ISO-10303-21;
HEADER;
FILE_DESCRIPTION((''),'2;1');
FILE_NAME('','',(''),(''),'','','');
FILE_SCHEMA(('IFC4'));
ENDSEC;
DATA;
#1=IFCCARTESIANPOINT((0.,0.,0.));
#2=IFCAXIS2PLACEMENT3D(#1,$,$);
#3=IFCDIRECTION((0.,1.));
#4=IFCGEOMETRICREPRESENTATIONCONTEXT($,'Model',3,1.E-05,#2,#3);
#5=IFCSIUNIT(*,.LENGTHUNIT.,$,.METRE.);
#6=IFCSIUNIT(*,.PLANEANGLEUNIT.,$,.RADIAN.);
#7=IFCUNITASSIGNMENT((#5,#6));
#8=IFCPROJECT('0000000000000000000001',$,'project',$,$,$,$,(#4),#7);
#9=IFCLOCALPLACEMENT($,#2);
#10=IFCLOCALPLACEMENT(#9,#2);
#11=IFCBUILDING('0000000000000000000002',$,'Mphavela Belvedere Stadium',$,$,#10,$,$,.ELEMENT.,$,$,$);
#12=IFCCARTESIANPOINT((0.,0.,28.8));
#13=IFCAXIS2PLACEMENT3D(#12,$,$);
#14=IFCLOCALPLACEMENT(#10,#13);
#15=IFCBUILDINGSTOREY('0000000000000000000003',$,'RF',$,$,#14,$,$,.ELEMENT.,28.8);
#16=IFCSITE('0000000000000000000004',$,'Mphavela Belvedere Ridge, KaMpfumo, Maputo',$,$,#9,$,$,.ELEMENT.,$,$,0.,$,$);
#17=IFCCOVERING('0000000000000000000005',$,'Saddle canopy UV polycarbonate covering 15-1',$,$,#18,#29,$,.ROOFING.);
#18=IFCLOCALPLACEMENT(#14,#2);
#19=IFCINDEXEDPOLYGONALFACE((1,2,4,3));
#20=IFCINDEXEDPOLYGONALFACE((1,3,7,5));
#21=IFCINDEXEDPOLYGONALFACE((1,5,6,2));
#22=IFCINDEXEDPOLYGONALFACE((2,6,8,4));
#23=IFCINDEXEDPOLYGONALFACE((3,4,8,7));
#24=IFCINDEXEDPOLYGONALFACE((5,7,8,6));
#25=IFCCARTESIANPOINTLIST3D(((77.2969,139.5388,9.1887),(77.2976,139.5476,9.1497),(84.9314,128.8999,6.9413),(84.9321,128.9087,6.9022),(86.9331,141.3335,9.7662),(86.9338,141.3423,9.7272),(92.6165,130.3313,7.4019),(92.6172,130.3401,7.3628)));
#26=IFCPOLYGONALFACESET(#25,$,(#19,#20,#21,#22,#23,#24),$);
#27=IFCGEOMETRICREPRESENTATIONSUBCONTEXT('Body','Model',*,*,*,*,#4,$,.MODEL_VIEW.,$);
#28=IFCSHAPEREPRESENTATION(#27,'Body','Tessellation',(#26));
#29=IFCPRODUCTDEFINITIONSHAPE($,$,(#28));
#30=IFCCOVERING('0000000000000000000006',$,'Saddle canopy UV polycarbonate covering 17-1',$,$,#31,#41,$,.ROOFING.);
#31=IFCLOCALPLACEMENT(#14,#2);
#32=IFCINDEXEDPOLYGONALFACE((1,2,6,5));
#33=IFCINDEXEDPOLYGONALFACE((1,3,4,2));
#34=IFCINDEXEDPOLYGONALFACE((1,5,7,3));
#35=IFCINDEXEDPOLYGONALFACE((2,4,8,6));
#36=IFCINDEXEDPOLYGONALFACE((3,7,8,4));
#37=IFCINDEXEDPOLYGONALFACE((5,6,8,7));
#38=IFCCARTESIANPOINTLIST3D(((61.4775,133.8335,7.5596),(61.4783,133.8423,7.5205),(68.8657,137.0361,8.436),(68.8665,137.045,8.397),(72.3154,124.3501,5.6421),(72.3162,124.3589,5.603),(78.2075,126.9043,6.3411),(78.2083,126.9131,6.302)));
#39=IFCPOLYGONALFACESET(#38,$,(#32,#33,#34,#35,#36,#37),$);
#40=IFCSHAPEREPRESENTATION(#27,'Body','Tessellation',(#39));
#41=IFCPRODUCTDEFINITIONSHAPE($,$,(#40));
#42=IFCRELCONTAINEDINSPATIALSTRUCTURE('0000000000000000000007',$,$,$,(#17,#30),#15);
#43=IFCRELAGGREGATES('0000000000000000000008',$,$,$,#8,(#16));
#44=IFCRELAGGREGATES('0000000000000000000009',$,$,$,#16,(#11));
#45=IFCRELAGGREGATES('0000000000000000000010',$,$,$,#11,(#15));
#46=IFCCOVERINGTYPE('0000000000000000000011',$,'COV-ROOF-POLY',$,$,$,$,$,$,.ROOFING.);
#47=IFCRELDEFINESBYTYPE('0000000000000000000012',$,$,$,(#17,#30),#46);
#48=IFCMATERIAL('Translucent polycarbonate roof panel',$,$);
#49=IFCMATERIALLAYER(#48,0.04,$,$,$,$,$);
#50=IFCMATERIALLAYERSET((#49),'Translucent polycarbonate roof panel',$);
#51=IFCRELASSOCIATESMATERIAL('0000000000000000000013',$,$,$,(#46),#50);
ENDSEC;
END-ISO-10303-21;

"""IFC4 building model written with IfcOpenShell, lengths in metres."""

from ifc_helpers import new_model, si_unit, direction, frame, origin, place, context, subcontext, project, spatial, polyline, outline, extrude, material, layer, layer_set, type_object, element, save


model = new_model("IFC4")

# Units and contexts
model_context = context("Model", 3, precision=1e-05, world=origin(), true_north=direction((0.0, 1.0)))
body_context = subcontext(model_context, "Body", "Model", "MODEL_VIEW")
ifc_project = project(units=[si_unit("LENGTHUNIT", "METRE"), si_unit("PLANEANGLEUNIT", "RADIAN")], contexts=[model_context])

# Site, building, storey
site_placement = place(None, origin())
site = spatial("IfcSite", under=ifc_project, at=site_placement, Name="Mphavela Belvedere Ridge, KaMpfumo, Maputo", CompositionType="ELEMENT", RefElevation=0.0)
building_placement = place(site_placement, origin())
building = spatial("IfcBuilding", under=site, at=building_placement, Name="Mphavela Belvedere Stadium", CompositionType="ELEMENT")
storey_placement = place(building_placement, frame((0.0, 0.0, 28.8)))
storey = spatial("IfcBuildingStorey", under=building, at=storey_placement, Name="RF", CompositionType="ELEMENT", Elevation=28.8)

# Coverings
ifc_material_1 = material(Name="Translucent polycarbonate roof panel")
ifc_layer_1 = layer(ifc_material_1, 0.04)
ifc_layer_set_1 = layer_set([ifc_layer_1], Name="Translucent polycarbonate roof panel")
covering_type = type_object("IfcCoveringType", Name="COV-ROOF-POLY", PredefinedType="ROOFING", material=ifc_layer_set_1)
covering_1_placement = place(storey_placement, frame((92.6165, 130.3313, 7.4019), z_axis=(-0.017716, -0.218809, 0.975607), x_axis=(-0.981392, -0.182787, -0.058817)))
element("IfcCovering", 1, at=covering_1_placement, inside=storey, type_object=covering_type, Name="Saddle canopy UV polycarbonate covering 15-1", PredefinedType="ROOFING", context=body_context, shape_type="SweptSolid", body=[
    extrude(outline(polyline([(0.0, 0.0), (7.8308, 0.0), (13.2464, -12.1324), (3.4275, -12.1323), (0.0, 0.0)])), origin(), (0.0, 0.0, -1.0), 0.04),
])
covering_2_placement = place(storey_placement, frame((78.2075, 126.9043, 6.3411), z_axis=(-0.020204, -0.220276, 0.975228), x_axis=(-0.912114, -0.395398, -0.108206)))
element("IfcCovering", 2, at=covering_2_placement, inside=storey, type_object=covering_type, Name="Saddle canopy UV polycarbonate covering 17-1", PredefinedType="ROOFING", context=body_context, shape_type="SweptSolid", body=[
    extrude(outline(polyline([(0.0, 0.0), (6.4598, 0.0), (12.388, -13.2638), (4.288, -13.2637), (0.0, 0.0)])), origin(), (0.0, 0.0, -1.0), 0.04),
])

save(model, "model.ifc")
